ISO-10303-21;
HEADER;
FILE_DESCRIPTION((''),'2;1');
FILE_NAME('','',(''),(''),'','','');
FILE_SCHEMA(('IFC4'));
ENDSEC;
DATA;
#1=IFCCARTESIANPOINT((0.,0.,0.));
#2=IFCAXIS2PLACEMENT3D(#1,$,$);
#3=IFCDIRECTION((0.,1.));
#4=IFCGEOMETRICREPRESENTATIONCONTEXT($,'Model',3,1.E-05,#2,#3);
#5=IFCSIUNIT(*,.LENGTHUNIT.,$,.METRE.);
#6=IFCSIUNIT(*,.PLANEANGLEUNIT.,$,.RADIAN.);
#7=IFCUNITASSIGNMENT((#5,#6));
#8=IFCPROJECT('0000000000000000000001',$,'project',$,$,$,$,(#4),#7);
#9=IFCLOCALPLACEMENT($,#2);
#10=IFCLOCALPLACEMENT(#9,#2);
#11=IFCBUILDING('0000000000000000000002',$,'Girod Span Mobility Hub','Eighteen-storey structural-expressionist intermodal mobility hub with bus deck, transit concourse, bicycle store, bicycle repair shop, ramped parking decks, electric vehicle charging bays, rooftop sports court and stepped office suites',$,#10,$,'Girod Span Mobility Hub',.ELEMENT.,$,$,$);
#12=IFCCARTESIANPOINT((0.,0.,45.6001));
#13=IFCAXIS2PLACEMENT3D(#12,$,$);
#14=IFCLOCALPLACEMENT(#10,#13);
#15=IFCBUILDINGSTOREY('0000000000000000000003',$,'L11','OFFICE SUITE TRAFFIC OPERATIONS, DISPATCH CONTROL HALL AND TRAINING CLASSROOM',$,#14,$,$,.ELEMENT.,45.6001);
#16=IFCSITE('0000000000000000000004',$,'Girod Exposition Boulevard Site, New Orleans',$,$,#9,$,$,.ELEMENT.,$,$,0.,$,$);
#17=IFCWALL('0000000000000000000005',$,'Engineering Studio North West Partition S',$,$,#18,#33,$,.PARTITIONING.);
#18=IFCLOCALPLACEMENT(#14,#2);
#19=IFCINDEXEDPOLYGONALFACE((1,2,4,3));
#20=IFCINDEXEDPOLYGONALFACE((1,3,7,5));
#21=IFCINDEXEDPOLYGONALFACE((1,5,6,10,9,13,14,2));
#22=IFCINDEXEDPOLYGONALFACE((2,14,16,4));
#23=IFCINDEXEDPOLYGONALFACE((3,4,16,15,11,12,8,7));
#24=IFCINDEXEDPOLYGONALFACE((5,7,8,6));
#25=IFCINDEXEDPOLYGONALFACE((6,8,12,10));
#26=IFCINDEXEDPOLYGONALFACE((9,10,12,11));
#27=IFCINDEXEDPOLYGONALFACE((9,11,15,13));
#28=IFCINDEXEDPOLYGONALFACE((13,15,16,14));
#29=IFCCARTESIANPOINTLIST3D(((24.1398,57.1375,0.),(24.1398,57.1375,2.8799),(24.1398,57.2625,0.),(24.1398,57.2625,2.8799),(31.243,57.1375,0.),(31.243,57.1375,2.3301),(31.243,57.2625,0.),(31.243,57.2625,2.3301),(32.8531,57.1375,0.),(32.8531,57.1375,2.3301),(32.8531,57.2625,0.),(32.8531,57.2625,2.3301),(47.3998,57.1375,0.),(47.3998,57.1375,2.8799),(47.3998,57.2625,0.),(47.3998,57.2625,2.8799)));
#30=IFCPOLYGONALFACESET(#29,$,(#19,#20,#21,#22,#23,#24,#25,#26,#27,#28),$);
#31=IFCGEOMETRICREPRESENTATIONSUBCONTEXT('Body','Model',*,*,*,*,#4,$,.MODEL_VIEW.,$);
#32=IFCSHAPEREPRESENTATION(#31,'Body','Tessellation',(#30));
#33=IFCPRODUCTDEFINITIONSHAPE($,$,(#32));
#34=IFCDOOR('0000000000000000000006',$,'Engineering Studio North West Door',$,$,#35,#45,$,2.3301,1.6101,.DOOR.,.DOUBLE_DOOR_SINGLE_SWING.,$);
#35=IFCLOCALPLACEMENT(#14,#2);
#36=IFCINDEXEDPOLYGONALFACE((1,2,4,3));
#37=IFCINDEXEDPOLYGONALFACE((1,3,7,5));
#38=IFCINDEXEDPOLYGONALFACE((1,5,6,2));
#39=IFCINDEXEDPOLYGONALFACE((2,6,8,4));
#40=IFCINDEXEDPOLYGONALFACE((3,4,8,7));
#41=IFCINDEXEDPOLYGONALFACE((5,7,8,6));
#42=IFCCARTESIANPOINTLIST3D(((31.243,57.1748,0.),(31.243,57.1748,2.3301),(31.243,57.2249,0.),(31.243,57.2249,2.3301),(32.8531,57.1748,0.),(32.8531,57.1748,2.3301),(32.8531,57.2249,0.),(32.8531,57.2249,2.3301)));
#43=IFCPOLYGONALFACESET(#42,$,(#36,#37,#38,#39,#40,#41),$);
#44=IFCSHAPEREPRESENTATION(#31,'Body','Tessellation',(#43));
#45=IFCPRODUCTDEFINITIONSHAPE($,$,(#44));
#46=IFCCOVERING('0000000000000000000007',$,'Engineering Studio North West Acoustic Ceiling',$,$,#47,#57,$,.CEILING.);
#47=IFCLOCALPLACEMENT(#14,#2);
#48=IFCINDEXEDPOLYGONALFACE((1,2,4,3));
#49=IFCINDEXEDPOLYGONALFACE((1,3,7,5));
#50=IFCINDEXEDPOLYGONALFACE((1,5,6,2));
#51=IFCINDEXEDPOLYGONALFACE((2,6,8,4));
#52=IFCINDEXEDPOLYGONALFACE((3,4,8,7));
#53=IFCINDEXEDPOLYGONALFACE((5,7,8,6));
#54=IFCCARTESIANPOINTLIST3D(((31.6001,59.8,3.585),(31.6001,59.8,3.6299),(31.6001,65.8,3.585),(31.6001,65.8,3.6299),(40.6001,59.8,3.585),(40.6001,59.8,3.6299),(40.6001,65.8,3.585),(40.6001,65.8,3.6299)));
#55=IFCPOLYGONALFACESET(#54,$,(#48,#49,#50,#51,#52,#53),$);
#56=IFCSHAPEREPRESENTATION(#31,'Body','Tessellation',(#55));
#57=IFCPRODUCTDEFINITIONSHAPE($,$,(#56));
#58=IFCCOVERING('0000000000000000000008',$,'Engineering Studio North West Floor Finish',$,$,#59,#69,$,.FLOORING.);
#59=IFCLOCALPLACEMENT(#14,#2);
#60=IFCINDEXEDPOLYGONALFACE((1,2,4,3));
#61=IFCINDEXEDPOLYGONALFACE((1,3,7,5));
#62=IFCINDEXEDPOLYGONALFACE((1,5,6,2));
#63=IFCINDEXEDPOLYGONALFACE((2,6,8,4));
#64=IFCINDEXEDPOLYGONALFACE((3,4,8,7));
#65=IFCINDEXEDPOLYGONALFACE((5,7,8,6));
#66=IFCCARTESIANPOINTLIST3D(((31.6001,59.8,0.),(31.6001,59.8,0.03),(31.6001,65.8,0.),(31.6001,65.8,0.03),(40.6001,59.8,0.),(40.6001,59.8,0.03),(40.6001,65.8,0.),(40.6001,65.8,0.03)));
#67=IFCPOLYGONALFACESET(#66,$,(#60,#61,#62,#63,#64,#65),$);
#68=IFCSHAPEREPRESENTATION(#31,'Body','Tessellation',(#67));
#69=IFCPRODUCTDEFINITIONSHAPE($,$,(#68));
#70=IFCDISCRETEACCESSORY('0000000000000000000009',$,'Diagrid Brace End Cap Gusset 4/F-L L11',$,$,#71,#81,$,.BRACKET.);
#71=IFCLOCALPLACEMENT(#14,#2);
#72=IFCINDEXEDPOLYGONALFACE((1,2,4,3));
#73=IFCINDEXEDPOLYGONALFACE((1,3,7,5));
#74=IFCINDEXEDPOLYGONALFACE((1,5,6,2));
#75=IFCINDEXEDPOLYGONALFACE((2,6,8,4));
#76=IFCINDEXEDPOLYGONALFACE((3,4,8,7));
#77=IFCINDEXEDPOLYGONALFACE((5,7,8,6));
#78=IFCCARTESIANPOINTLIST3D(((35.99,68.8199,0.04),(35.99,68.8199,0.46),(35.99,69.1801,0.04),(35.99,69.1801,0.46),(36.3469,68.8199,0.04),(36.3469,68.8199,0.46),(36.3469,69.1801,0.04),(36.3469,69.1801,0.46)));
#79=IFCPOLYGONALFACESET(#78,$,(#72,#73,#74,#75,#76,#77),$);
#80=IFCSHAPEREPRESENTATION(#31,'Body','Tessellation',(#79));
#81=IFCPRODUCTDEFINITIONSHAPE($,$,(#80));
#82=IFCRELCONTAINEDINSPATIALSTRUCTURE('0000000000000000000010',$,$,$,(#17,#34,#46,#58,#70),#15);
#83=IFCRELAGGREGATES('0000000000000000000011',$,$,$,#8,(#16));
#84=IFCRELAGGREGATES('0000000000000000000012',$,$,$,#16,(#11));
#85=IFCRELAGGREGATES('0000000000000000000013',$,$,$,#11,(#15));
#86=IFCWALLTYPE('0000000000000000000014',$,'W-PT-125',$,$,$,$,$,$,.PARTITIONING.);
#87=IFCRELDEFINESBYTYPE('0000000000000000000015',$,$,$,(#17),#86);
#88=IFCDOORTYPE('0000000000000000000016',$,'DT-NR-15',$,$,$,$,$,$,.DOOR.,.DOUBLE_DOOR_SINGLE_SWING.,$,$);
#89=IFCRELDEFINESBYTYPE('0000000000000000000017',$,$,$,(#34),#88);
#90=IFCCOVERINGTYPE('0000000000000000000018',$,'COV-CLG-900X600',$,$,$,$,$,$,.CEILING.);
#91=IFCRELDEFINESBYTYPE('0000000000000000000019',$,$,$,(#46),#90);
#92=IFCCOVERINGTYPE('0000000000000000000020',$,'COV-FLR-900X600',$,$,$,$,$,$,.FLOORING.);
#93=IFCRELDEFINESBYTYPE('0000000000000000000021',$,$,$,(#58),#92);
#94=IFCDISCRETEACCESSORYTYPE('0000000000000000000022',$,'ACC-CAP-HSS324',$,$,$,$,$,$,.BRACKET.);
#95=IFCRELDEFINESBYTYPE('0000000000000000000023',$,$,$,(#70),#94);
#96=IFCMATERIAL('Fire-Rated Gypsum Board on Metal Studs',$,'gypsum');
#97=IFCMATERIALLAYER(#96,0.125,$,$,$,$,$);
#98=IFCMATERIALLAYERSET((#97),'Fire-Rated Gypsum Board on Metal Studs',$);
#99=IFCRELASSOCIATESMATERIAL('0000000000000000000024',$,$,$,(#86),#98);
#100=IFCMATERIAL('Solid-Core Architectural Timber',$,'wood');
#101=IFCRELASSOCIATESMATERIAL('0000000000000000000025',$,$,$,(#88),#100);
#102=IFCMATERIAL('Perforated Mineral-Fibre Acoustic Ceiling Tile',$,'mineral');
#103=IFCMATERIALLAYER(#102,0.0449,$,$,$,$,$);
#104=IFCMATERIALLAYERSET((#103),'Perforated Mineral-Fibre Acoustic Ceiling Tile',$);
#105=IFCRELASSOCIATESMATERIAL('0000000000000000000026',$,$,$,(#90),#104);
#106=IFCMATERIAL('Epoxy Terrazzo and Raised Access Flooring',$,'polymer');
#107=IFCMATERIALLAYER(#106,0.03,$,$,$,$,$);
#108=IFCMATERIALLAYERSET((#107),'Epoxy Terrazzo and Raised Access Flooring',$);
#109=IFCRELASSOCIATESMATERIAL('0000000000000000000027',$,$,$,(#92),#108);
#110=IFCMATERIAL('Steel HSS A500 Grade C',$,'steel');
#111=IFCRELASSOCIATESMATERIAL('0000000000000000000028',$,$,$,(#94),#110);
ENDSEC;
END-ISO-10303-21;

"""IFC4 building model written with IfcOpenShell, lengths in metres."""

from ifc_helpers import new_model, si_unit, direction, frame, frame_2d, origin, origin_2d, place, context, subcontext, project, spatial, rectangle, extrude, material, layer, layer_set, type_object, element, fill, save


model = new_model("IFC4")

# Units and contexts
model_context = context("Model", 3, precision=1e-05, world=origin(), true_north=direction((0.0, 1.0)))
body_context = subcontext(model_context, "Body", "Model", "MODEL_VIEW")
ifc_project = project(units=[si_unit("LENGTHUNIT", "METRE"), si_unit("PLANEANGLEUNIT", "RADIAN")], contexts=[model_context])

# Site, building, storey
site_placement = place(None, origin())
site = spatial("IfcSite", under=ifc_project, at=site_placement, Name="Girod Exposition Boulevard Site, New Orleans", CompositionType="ELEMENT", RefElevation=0.0)
building_placement = place(site_placement, origin())
building = spatial("IfcBuilding", under=site, at=building_placement, Name="Girod Span Mobility Hub", Description="Eighteen-storey structural-expressionist intermodal mobility hub with bus deck, transit concourse, bicycle store, bicycle repair shop, ramped parking decks, electric vehicle charging bays, rooftop sports court and stepped office suites", LongName="Girod Span Mobility Hub", CompositionType="ELEMENT")
storey_placement = place(building_placement, frame((0.0, 0.0, 45.6001)))
storey = spatial("IfcBuildingStorey", under=building, at=storey_placement, Name="L11", Description="OFFICE SUITE TRAFFIC OPERATIONS, DISPATCH CONTROL HALL AND TRAINING CLASSROOM", CompositionType="ELEMENT", Elevation=45.6001)

# Wall, opening, door
ifc_material_1 = material(Name="Fire-Rated Gypsum Board on Metal Studs", Category="gypsum")
ifc_layer_1 = layer(ifc_material_1, 0.125)
ifc_layer_set_1 = layer_set([ifc_layer_1], Name="Fire-Rated Gypsum Board on Metal Studs")
wall_type_1 = type_object("IfcWallType", Name="W-PT-125", PredefinedType="PARTITIONING", material=ifc_layer_set_1)
wall_1_placement = place(storey_placement, frame((24.1399, 57.2, 0.0), z_axis=(0.0, 0.0, 1.0), x_axis=(1.0, 0.0, 0.0)))
wall_1 = element("IfcWall", 1, at=wall_1_placement, inside=storey, type_object=wall_type_1, Name="Engineering Studio North West Partition S", PredefinedType="PARTITIONING", context=body_context, shape_type="SweptSolid", body=[
    extrude(rectangle(XDim=23.26, YDim=0.125, at=frame_2d((11.6299, 0.0))), origin(), (0.0, 0.0, 1.0), 2.8799),
])
opening_1_placement = place(wall_1_placement, frame((7.103, 0.0, 0.0)))
opening_1 = element("IfcOpeningElement", 2, at=opening_1_placement, cuts=wall_1, PredefinedType="OPENING", context=body_context, shape_type="SweptSolid", body=[
    extrude(rectangle(XDim=1.6101, YDim=2.3301, at=frame_2d((0.8052, 1.165))), frame((0.0, 0.0774, 0.0), z_axis=(0.0, -1.0, 0.0), x_axis=(1.0, 0.0, 0.0)), (0.0, 0.0, 1.0), 0.155),
])
ifc_material_2 = material(Name="Solid-Core Architectural Timber", Category="wood")
door_type_1 = type_object("IfcDoorType", Name="DT-NR-15", OperationType="DOUBLE_DOOR_SINGLE_SWING", PredefinedType="DOOR", material=ifc_material_2)
door_1_placement = place(opening_1_placement, origin())
door_1 = element("IfcDoor", 3, at=door_1_placement, inside=storey, type_object=door_type_1, Name="Engineering Studio North West Door", OperationType="DOUBLE_DOOR_SINGLE_SWING", OverallHeight=2.3301, OverallWidth=1.6101, PredefinedType="DOOR", context=body_context, shape_type="SweptSolid", body=[
    extrude(rectangle(XDim=1.6101, YDim=2.3301, at=frame_2d((0.8052, 1.165))), frame((0.0, 0.0249, 0.0), z_axis=(0.0, -1.0, 0.0), x_axis=(1.0, 0.0, 0.0)), (0.0, 0.0, 1.0), 0.05),
])
fill(opening_1, door_1)

# Coverings
ifc_material_3 = material(Name="Perforated Mineral-Fibre Acoustic Ceiling Tile", Category="mineral")
ifc_layer_2 = layer(ifc_material_3, 0.0449)
ifc_layer_set_2 = layer_set([ifc_layer_2], Name="Perforated Mineral-Fibre Acoustic Ceiling Tile")
covering_type_1 = type_object("IfcCoveringType", Name="COV-CLG-900X600", PredefinedType="CEILING", material=ifc_layer_set_2)
covering_1_placement = place(storey_placement, frame((36.1001, 62.8, 3.585), z_axis=(0.0, 0.0, 1.0), x_axis=(1.0, 0.0, 0.0)))
element("IfcCovering", 4, at=covering_1_placement, inside=storey, type_object=covering_type_1, Name="Engineering Studio North West Acoustic Ceiling", PredefinedType="CEILING", context=body_context, shape_type="SweptSolid", body=[
    extrude(rectangle(XDim=9.0, YDim=6.0, at=origin_2d()), origin(), (0.0, 0.0, 1.0), 0.0449),
])
ifc_material_4 = material(Name="Epoxy Terrazzo and Raised Access Flooring", Category="polymer")
ifc_layer_3 = layer(ifc_material_4, 0.03)
ifc_layer_set_3 = layer_set([ifc_layer_3], Name="Epoxy Terrazzo and Raised Access Flooring")
covering_type_2 = type_object("IfcCoveringType", Name="COV-FLR-900X600", PredefinedType="FLOORING", material=ifc_layer_set_3)
covering_2_placement = place(storey_placement, frame((36.1001, 62.8, 0.0), z_axis=(0.0, 0.0, 1.0), x_axis=(1.0, 0.0, 0.0)))
element("IfcCovering", 5, at=covering_2_placement, inside=storey, type_object=covering_type_2, Name="Engineering Studio North West Floor Finish", PredefinedType="FLOORING", context=body_context, shape_type="SweptSolid", body=[
    extrude(rectangle(XDim=9.0, YDim=6.0, at=origin_2d()), origin(), (0.0, 0.0, 1.0), 0.03),
])

# Discrete accessory
ifc_material_5 = material(Name="Steel HSS A500 Grade C", Category="steel")
discrete_accessory_type = type_object("IfcDiscreteAccessoryType", Name="ACC-CAP-HSS324", PredefinedType="BRACKET", material=ifc_material_5)
discrete_accessory_placement = place(storey_placement, frame((36.1685, 69.0, 0.04), z_axis=(0.0, 0.0, 1.0), x_axis=(1.0, 0.0, 0.0)))
element("IfcDiscreteAccessory", 6, at=discrete_accessory_placement, inside=storey, type_object=discrete_accessory_type, Name="Diagrid Brace End Cap Gusset 4/F-L L11", PredefinedType="BRACKET", context=body_context, shape_type="SweptSolid", body=[
    extrude(rectangle(XDim=0.3569, YDim=0.3601, at=origin_2d()), origin(), (0.0, 0.0, 1.0), 0.4199),
])

save(model, "model.ifc")
